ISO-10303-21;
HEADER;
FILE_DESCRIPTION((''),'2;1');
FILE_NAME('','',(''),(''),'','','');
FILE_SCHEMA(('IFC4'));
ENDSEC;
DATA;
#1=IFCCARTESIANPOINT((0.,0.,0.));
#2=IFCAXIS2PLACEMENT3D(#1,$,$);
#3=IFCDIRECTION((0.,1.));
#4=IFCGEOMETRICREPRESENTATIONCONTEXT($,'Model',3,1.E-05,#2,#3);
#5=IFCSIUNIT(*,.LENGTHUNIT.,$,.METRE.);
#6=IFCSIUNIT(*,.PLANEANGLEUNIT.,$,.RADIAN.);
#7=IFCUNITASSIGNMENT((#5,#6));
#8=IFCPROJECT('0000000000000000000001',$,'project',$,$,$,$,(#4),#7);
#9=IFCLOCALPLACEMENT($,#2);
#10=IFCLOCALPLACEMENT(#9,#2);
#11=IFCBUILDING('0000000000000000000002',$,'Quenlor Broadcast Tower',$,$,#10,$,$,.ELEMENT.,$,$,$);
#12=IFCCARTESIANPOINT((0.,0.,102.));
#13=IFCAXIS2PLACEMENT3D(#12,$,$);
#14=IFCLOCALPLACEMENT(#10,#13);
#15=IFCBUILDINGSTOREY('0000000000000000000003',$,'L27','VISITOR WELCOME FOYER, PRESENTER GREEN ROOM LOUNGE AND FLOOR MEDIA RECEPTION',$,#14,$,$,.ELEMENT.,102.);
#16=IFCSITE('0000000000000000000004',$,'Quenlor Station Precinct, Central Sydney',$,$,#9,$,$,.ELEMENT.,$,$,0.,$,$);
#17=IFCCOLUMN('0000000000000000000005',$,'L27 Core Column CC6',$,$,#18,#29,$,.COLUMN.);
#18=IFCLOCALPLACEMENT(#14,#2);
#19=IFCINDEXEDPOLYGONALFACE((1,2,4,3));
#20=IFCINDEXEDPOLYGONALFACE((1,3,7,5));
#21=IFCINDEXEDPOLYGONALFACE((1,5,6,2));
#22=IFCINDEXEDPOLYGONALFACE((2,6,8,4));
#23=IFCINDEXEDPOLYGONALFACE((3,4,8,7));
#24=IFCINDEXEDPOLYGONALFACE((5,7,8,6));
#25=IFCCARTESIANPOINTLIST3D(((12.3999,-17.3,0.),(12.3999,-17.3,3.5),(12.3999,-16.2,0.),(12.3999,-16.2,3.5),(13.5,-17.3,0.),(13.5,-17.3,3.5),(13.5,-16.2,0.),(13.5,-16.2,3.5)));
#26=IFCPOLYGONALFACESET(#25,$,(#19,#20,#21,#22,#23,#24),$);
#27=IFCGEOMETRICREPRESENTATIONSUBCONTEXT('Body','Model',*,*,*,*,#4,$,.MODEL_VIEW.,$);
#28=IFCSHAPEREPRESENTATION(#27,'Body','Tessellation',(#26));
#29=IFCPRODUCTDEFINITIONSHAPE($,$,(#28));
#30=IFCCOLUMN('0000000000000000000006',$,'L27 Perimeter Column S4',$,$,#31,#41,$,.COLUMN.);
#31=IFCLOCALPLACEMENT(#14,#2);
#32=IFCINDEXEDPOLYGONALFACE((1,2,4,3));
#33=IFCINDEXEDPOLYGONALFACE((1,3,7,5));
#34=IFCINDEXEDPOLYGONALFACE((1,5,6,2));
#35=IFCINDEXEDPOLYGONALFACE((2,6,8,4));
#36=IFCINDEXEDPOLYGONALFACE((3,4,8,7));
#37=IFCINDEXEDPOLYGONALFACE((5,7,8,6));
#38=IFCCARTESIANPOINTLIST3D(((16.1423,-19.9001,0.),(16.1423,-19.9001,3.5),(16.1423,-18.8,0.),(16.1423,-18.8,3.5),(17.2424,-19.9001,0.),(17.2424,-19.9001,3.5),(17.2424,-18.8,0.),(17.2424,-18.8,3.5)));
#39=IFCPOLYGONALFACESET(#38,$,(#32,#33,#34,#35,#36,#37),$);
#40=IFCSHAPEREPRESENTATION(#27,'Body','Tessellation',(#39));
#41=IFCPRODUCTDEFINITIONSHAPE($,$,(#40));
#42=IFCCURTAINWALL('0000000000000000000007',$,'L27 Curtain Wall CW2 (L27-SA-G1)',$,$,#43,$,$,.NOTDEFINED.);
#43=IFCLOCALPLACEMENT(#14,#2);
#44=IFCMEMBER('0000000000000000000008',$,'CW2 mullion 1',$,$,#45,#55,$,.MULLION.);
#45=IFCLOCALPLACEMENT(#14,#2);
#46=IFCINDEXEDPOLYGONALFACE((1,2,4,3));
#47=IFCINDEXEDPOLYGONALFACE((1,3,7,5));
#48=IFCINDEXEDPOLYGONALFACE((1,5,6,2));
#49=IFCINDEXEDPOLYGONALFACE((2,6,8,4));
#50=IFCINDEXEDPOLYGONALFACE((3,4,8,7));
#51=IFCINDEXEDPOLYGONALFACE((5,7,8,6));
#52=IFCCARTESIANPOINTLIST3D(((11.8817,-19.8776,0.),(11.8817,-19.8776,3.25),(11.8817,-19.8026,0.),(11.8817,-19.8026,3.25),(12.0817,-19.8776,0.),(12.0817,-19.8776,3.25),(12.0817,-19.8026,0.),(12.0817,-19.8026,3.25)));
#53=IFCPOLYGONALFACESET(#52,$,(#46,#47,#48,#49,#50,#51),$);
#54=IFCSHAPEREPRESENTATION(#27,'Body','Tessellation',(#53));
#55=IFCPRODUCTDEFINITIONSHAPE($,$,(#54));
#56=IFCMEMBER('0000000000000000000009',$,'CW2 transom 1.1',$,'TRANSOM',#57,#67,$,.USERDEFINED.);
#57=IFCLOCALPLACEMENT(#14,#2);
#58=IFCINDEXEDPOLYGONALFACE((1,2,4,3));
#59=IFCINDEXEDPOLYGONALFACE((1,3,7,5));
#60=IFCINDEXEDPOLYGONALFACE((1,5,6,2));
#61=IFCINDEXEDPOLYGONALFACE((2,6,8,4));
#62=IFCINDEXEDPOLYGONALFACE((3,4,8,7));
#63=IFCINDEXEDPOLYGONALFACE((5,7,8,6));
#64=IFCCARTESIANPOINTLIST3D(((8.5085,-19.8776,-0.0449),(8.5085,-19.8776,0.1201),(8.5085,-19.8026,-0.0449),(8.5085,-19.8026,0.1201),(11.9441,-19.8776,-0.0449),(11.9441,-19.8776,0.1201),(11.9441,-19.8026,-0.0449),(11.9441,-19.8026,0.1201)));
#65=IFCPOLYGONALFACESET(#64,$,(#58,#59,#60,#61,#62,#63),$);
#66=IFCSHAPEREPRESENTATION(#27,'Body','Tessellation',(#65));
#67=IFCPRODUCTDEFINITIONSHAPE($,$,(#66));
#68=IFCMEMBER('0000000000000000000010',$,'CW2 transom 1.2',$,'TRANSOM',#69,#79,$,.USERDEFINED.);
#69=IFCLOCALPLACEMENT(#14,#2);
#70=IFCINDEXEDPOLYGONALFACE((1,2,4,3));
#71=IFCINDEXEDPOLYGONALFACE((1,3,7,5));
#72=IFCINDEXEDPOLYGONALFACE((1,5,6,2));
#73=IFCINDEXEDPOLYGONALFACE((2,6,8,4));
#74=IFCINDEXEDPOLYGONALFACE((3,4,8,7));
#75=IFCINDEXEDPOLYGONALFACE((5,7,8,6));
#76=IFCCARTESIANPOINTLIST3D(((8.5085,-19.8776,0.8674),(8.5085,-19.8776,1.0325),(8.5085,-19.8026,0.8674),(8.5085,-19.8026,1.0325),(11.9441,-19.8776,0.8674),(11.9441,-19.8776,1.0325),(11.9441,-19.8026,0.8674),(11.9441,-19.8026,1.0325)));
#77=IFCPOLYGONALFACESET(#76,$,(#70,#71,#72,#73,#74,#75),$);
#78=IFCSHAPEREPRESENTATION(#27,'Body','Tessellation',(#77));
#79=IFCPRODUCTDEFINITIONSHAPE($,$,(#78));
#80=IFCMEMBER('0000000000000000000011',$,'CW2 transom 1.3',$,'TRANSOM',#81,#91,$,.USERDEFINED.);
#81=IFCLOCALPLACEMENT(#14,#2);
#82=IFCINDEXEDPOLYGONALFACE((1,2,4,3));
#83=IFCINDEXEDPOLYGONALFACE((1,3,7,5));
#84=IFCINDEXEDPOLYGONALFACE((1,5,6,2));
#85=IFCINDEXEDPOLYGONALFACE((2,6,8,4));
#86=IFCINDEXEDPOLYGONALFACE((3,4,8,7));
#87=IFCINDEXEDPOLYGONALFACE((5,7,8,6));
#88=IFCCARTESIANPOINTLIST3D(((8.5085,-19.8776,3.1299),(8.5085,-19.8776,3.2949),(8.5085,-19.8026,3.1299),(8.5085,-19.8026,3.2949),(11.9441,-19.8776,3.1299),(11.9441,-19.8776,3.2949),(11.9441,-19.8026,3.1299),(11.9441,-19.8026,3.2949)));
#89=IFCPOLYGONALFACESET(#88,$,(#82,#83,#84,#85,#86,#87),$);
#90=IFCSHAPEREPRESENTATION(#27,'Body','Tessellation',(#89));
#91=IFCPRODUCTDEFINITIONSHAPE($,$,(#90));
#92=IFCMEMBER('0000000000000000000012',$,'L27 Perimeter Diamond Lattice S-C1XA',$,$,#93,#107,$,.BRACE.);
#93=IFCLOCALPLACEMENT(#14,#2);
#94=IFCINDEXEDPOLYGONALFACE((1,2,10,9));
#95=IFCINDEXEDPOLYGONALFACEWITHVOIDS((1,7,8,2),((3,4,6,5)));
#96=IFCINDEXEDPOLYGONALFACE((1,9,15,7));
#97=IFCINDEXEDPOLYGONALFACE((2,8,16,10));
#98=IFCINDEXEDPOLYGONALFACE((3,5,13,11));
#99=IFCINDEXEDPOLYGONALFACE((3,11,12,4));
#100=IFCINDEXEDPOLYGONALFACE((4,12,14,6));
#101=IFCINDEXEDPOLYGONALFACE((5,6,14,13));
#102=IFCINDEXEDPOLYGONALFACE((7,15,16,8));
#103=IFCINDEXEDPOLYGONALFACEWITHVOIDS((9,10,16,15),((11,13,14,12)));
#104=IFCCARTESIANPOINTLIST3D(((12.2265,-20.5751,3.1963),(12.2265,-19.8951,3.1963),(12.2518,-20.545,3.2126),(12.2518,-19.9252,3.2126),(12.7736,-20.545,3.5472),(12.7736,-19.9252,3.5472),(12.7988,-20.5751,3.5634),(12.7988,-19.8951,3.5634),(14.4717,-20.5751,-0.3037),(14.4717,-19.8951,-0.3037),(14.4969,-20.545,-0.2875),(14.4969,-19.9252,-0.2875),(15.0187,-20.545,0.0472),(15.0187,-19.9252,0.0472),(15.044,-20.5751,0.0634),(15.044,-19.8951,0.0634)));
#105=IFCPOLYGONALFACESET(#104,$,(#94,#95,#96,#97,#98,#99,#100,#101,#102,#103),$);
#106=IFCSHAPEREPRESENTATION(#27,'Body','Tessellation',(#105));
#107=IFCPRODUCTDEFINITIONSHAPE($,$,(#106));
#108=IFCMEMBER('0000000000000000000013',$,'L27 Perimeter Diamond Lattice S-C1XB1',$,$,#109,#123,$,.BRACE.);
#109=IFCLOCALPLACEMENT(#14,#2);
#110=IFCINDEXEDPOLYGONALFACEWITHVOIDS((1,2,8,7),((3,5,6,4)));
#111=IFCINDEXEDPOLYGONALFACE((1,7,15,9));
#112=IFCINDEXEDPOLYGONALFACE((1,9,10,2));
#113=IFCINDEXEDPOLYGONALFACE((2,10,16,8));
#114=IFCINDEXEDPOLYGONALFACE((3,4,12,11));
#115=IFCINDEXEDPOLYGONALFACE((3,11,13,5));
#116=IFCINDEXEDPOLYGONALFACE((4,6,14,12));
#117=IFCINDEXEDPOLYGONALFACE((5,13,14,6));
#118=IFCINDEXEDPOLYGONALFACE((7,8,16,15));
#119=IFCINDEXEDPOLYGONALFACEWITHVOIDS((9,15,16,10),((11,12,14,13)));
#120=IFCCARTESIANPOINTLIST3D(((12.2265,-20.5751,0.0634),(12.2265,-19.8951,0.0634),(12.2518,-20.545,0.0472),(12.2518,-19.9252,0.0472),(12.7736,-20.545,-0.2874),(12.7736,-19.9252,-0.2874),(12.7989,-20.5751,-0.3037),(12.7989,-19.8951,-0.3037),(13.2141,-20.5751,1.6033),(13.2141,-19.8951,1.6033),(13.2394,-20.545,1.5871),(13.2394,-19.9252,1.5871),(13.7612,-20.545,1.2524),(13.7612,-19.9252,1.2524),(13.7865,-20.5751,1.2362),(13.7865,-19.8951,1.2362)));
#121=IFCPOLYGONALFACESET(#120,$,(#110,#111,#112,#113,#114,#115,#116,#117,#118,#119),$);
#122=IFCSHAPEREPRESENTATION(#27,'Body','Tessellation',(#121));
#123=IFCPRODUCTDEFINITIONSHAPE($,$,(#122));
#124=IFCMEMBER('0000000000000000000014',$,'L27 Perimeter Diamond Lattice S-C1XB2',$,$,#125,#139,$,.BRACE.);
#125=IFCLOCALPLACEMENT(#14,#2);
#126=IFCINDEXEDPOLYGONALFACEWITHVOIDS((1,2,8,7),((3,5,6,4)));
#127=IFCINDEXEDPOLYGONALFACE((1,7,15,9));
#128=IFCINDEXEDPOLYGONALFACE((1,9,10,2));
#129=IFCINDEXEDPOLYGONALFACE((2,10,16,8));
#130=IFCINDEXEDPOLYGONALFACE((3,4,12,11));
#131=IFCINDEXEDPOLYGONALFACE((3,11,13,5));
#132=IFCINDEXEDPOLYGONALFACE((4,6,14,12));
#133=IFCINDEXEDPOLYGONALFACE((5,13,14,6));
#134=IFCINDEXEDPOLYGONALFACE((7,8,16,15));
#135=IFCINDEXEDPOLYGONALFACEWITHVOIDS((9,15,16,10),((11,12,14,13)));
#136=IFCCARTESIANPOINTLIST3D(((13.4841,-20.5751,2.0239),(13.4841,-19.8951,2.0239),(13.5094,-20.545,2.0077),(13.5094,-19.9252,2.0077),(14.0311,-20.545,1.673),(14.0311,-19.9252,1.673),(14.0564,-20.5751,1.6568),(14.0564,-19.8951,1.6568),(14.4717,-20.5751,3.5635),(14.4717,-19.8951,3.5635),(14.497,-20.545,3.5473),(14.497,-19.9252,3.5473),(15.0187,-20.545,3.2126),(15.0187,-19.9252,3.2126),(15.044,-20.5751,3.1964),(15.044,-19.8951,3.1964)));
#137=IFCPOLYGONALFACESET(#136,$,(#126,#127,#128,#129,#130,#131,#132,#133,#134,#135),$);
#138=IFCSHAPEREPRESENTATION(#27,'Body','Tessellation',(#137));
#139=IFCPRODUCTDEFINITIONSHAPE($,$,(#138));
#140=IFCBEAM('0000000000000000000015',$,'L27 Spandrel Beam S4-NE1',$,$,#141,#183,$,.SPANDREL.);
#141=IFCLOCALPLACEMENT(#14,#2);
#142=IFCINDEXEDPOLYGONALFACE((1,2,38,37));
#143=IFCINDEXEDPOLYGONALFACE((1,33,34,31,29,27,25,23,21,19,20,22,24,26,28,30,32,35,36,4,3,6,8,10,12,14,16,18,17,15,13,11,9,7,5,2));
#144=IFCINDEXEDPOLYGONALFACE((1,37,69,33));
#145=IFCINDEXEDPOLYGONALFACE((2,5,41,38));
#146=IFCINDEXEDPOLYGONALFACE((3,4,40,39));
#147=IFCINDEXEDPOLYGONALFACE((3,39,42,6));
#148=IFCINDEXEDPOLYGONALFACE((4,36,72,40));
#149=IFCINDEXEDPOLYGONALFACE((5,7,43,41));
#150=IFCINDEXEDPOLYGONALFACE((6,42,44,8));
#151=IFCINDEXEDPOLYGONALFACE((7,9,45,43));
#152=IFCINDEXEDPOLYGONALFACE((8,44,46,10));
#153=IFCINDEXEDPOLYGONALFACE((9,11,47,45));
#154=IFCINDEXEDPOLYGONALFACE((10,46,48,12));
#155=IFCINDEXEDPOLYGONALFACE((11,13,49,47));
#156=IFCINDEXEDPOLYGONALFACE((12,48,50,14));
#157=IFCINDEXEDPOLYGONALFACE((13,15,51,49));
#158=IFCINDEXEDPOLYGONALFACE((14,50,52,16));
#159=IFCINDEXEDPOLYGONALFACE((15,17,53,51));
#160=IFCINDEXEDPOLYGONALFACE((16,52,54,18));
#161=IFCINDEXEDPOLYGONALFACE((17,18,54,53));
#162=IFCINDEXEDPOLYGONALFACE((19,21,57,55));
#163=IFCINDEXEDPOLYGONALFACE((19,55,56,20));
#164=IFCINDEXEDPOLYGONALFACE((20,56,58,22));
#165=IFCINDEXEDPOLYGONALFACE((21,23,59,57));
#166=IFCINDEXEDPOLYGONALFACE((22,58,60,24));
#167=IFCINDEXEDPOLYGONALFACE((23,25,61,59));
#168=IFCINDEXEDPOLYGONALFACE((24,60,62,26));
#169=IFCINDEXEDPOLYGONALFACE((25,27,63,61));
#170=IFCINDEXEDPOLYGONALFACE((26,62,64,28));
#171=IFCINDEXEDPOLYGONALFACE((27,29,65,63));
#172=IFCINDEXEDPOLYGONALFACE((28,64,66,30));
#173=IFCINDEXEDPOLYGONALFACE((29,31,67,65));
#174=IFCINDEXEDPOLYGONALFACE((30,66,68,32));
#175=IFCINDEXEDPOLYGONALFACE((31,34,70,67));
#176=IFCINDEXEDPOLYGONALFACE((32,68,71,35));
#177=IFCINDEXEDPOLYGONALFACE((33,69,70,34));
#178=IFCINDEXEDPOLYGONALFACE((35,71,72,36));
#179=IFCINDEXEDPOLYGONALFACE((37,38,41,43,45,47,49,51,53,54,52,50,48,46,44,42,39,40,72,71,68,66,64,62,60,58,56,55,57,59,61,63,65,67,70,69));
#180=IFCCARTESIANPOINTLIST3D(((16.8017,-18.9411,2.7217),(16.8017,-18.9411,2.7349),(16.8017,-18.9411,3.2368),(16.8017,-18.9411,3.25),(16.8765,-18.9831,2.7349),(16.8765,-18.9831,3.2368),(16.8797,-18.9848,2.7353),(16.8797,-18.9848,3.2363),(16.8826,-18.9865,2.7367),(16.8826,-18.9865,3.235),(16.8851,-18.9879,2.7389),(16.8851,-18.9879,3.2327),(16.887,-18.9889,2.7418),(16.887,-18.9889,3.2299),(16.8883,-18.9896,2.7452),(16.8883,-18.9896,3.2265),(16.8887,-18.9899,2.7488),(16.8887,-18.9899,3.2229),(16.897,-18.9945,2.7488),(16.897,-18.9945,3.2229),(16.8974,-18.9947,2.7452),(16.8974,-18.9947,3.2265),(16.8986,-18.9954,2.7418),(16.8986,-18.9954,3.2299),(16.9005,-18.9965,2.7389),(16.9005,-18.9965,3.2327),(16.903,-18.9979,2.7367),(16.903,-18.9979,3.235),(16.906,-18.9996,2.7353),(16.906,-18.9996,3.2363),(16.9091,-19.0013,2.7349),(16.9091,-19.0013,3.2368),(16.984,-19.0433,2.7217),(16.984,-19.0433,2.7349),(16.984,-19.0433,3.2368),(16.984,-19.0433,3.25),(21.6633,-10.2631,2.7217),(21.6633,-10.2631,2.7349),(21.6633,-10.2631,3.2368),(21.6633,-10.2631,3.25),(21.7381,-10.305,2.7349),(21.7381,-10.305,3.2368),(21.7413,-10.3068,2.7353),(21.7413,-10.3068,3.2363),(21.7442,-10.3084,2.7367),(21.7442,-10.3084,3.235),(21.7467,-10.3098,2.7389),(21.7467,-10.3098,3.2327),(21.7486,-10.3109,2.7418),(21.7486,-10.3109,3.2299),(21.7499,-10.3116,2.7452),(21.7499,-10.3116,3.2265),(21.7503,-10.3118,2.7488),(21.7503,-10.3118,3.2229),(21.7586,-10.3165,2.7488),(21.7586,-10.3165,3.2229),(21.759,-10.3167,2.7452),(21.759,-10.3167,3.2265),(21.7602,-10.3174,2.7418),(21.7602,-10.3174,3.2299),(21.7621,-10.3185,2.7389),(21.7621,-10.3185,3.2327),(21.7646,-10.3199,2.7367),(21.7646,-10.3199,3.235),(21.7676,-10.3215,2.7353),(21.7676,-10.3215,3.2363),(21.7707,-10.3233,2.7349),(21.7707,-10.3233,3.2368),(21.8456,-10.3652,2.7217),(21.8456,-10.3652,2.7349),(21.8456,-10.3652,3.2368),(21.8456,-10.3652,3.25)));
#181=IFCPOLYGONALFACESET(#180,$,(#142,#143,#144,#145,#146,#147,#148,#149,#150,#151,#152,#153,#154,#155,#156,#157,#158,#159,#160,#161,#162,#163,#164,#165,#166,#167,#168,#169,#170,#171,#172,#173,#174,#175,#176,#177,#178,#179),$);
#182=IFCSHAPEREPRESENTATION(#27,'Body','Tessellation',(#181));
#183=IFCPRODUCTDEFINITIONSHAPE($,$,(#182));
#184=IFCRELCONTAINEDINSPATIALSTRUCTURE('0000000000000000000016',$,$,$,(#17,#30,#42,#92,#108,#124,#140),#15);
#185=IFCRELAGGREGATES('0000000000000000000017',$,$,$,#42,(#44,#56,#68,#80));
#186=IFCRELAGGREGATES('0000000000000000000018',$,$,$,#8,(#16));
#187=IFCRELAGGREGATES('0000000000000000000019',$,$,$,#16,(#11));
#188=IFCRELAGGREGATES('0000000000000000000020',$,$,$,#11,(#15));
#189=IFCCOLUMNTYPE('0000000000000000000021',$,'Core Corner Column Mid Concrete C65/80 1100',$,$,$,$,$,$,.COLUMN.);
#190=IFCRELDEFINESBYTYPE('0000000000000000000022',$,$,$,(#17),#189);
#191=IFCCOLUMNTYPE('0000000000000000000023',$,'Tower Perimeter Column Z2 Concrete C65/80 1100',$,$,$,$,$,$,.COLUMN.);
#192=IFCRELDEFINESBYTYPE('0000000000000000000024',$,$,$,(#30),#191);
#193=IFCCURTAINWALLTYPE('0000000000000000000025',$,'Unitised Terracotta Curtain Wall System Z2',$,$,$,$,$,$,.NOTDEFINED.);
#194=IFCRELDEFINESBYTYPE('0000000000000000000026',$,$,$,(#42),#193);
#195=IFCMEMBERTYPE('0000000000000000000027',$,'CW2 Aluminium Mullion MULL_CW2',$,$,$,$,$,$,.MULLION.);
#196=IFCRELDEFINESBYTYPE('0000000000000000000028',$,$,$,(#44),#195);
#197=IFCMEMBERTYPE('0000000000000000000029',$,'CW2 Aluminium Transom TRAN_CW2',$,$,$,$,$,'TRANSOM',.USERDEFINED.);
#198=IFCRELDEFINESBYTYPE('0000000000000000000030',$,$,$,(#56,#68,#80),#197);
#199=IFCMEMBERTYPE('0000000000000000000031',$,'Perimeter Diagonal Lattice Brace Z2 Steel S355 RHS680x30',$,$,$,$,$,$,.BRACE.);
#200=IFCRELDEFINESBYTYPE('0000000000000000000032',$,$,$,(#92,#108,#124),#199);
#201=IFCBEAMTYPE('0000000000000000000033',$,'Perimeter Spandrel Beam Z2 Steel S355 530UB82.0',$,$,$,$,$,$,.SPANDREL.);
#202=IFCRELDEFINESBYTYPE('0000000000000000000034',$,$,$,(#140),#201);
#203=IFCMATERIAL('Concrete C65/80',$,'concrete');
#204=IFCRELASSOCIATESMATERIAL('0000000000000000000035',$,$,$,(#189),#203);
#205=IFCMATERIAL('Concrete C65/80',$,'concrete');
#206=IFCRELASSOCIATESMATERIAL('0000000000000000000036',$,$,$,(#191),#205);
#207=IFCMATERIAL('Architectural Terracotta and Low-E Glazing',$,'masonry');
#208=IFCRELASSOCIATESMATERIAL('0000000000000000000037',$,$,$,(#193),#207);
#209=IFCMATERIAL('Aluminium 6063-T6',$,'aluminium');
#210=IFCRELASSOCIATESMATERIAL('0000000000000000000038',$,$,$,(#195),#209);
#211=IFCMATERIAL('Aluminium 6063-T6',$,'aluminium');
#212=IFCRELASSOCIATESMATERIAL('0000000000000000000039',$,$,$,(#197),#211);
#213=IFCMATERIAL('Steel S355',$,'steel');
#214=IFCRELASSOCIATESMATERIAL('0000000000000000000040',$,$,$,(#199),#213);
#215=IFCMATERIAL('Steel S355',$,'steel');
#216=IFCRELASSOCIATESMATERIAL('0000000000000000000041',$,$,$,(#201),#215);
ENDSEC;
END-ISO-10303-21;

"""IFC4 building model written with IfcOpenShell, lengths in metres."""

from ifc_helpers import new_model, si_unit, direction, frame, origin, origin_2d, place, context, subcontext, project, spatial, rectangle, hollow_rectangle, i_section, extrude, material, material_profile, profile_set, type_object, element, aggregate, save


model = new_model("IFC4")

# Units and contexts
model_context = context("Model", 3, precision=1e-05, world=origin(), true_north=direction((0.0, 1.0)))
body_context = subcontext(model_context, "Body", "Model", "MODEL_VIEW")
ifc_project = project(units=[si_unit("LENGTHUNIT", "METRE"), si_unit("PLANEANGLEUNIT", "RADIAN")], contexts=[model_context])

# Site, building, storey
site_placement = place(None, origin())
site = spatial("IfcSite", under=ifc_project, at=site_placement, Name="Quenlor Station Precinct, Central Sydney", CompositionType="ELEMENT", RefElevation=0.0)
building_placement = place(site_placement, origin())
building = spatial("IfcBuilding", under=site, at=building_placement, Name="Quenlor Broadcast Tower", CompositionType="ELEMENT")
storey_placement = place(building_placement, frame((0.0, 0.0, 102.0)))
storey = spatial("IfcBuildingStorey", under=building, at=storey_placement, Name="L27", Description="VISITOR WELCOME FOYER, PRESENTER GREEN ROOM LOUNGE AND FLOOR MEDIA RECEPTION", CompositionType="ELEMENT", Elevation=102.0)

# Columns
ifc_material_1 = material(Name="Concrete C65/80", Category="concrete")
ifc_material_profile_1 = material_profile(ifc_material_1, rectangle(XDim=1.1001, YDim=1.1001, at=origin_2d()))
ifc_profile_set_1 = profile_set([ifc_material_profile_1], Name="Concrete C65/80 RC1100x1100")
column_type_1 = type_object("IfcColumnType", Name="Core Corner Column Mid Concrete C65/80 1100", PredefinedType="COLUMN", material=ifc_profile_set_1)
column_1_placement = place(storey_placement, frame((12.95, -16.75, 0.0), z_axis=(0.0, 0.0, 1.0), x_axis=(1.0, 0.0, 0.0)))
element("IfcColumn", 1, at=column_1_placement, inside=storey, type_object=column_type_1, Name="L27 Core Column CC6", PredefinedType="COLUMN", context=body_context, shape_type="SweptSolid", body=[
    extrude(rectangle(XDim=1.1001, YDim=1.1001, at=origin_2d()), origin(), (0.0, 0.0, 1.0), 3.5),
])
ifc_material_2 = material(Name="Concrete C65/80", Category="concrete")
ifc_material_profile_2 = material_profile(ifc_material_2, rectangle(XDim=1.1001, YDim=1.1001, at=origin_2d()))
ifc_profile_set_2 = profile_set([ifc_material_profile_2], Name="Concrete C65/80 RC1100x1100")
column_type_2 = type_object("IfcColumnType", Name="Tower Perimeter Column Z2 Concrete C65/80 1100", PredefinedType="COLUMN", material=ifc_profile_set_2)
column_2_placement = place(storey_placement, frame((16.6924, -19.3501, 0.0), z_axis=(0.0, 0.0, 1.0), x_axis=(0.0, 1.0, 0.0)))
element("IfcColumn", 2, at=column_2_placement, inside=storey, type_object=column_type_2, Name="L27 Perimeter Column S4", PredefinedType="COLUMN", context=body_context, shape_type="SweptSolid", body=[
    extrude(rectangle(XDim=1.1001, YDim=1.1001, at=origin_2d()), origin(), (0.0, 0.0, 1.0), 3.5),
])

# Curtain wall, members
ifc_material_3 = material(Name="Architectural Terracotta and Low-E Glazing", Category="masonry")
curtain_wall_type = type_object("IfcCurtainWallType", Name="Unitised Terracotta Curtain Wall System Z2", PredefinedType="NOTDEFINED", material=ifc_material_3)
curtain_wall_placement = place(storey_placement, origin())
curtain_wall = element("IfcCurtainWall", 3, at=curtain_wall_placement, inside=storey, type_object=curtain_wall_type, Name="L27 Curtain Wall CW2 (L27-SA-G1)", PredefinedType="NOTDEFINED")
ifc_material_4 = material(Name="Aluminium 6063-T6", Category="aluminium")
ifc_material_profile_3 = material_profile(ifc_material_4, rectangle(XDim=0.075, YDim=0.2, at=origin_2d()))
ifc_profile_set_3 = profile_set([ifc_material_profile_3], Name="Aluminium 6063-T6 MULL75x200")
member_type_1 = type_object("IfcMemberType", Name="CW2 Aluminium Mullion MULL_CW2", PredefinedType="MULLION", material=ifc_profile_set_3)
member_1_placement = place(storey_placement, frame((11.9817, -19.8401, 0.0), z_axis=(0.0, 0.0, 1.0), x_axis=(0.0, -1.0, 0.0)))
member_1 = element("IfcMember", 4, at=member_1_placement, type_object=member_type_1, Name="CW2 mullion 1", PredefinedType="MULLION", context=body_context, shape_type="SweptSolid", body=[
    extrude(rectangle(XDim=0.075, YDim=0.2, at=origin_2d()), origin(), (0.0, 0.0, 1.0), 3.25),
])
ifc_material_5 = material(Name="Aluminium 6063-T6", Category="aluminium")
ifc_material_profile_4 = material_profile(ifc_material_5, rectangle(XDim=0.075, YDim=0.165, at=origin_2d()))
ifc_profile_set_4 = profile_set([ifc_material_profile_4], Name="Aluminium 6063-T6 TRAN75x165")
member_type_2 = type_object("IfcMemberType", Name="CW2 Aluminium Transom TRAN_CW2", ElementType="TRANSOM", PredefinedType="USERDEFINED", material=ifc_profile_set_4)
member_2_placement = place(storey_placement, frame((11.9441, -19.8401, 0.0376), z_axis=(-1.0, 0.0, 0.0), x_axis=(0.0, -1.0, 0.0)))
member_2 = element("IfcMember", 5, at=member_2_placement, type_object=member_type_2, Name="CW2 transom 1.1", ObjectType="TRANSOM", PredefinedType="USERDEFINED", context=body_context, shape_type="SweptSolid", body=[
    extrude(rectangle(XDim=0.075, YDim=0.165, at=origin_2d()), origin(), (0.0, 0.0, 1.0), 3.4355),
])
member_3_placement = place(storey_placement, frame((11.9441, -19.8401, 0.95), z_axis=(-1.0, 0.0, 0.0), x_axis=(0.0, -1.0, 0.0)))
member_3 = element("IfcMember", 6, at=member_3_placement, type_object=member_type_2, Name="CW2 transom 1.2", ObjectType="TRANSOM", PredefinedType="USERDEFINED", context=body_context, shape_type="SweptSolid", body=[
    extrude(rectangle(XDim=0.075, YDim=0.165, at=origin_2d()), origin(), (0.0, 0.0, 1.0), 3.4355),
])
member_4_placement = place(storey_placement, frame((11.9441, -19.8401, 3.2124), z_axis=(-1.0, 0.0, 0.0), x_axis=(0.0, -1.0, 0.0)))
member_4 = element("IfcMember", 7, at=member_4_placement, type_object=member_type_2, Name="CW2 transom 1.3", ObjectType="TRANSOM", PredefinedType="USERDEFINED", context=body_context, shape_type="SweptSolid", body=[
    extrude(rectangle(XDim=0.075, YDim=0.165, at=origin_2d()), origin(), (0.0, 0.0, 1.0), 3.4355),
])
aggregate(curtain_wall, [member_1, member_2, member_3, member_4])

# Members
ifc_material_6 = material(Name="Steel S355", Category="steel")
ifc_material_profile_5 = material_profile(ifc_material_6, hollow_rectangle(XDim=0.6799, YDim=0.6799, WallThickness=0.03, at=origin_2d()))
ifc_profile_set_5 = profile_set([ifc_material_profile_5], Name="Steel S355 RHS680x680x30")
member_type_3 = type_object("IfcMemberType", Name="Perimeter Diagonal Lattice Brace Z2 Steel S355 RHS680x30", PredefinedType="BRACE", material=ifc_profile_set_5)
member_5_placement = place(storey_placement, frame((14.7578, -20.2351, -0.1201), z_axis=(-0.539926, 0.0, 0.841712), x_axis=(0.0, -1.0, 0.0)))
element("IfcMember", 8, at=member_5_placement, inside=storey, type_object=member_type_3, Name="L27 Perimeter Diamond Lattice S-C1XA", PredefinedType="BRACE", context=body_context, shape_type="SweptSolid", body=[
    extrude(hollow_rectangle(XDim=0.6799, YDim=0.6799, WallThickness=0.03, at=origin_2d()), origin(), (0.0, 0.0, 1.0), 4.1582),
])
member_6_placement = place(storey_placement, frame((12.5127, -20.2351, -0.1201), z_axis=(0.53986, 0.0, 0.841755), x_axis=(0.0, 1.0, 0.0)))
element("IfcMember", 9, at=member_6_placement, inside=storey, type_object=member_type_3, Name="L27 Perimeter Diamond Lattice S-C1XB1", PredefinedType="BRACE", context=body_context, shape_type="SweptSolid", body=[
    extrude(hollow_rectangle(XDim=0.6799, YDim=0.6799, WallThickness=0.03, at=origin_2d()), origin(), (0.0, 0.0, 1.0), 1.8293),
])
member_7_placement = place(storey_placement, frame((13.7703, -20.2351, 1.8403), z_axis=(0.539921, 0.0, 0.841716), x_axis=(0.0, 1.0, 0.0)))
element("IfcMember", 10, at=member_7_placement, inside=storey, type_object=member_type_3, Name="L27 Perimeter Diamond Lattice S-C1XB2", PredefinedType="BRACE", context=body_context, shape_type="SweptSolid", body=[
    extrude(hollow_rectangle(XDim=0.6799, YDim=0.6799, WallThickness=0.03, at=origin_2d()), origin(), (0.0, 0.0, 1.0), 1.8291),
])

# Beam
ifc_material_7 = material(Name="Steel S355", Category="steel")
ifc_material_profile_6 = material_profile(ifc_material_7, i_section(OverallWidth=0.209, OverallDepth=0.5283, WebThickness=0.0095, FlangeThickness=0.0132, FilletRadius=0.0139, at=origin_2d()))
ifc_profile_set_6 = profile_set([ifc_material_profile_6], Name="Steel S355 530UB82.0")
beam_type_1 = type_object("IfcBeamType", Name="Perimeter Spandrel Beam Z2 Steel S355 530UB82.0", PredefinedType="SPANDREL", material=ifc_profile_set_6)
beam_1_placement = place(storey_placement, frame((16.8928, -18.9922, 2.9858), z_axis=(0.488749, 0.872424, 0.0), x_axis=(-0.872424, 0.488749, 0.0)))
element("IfcBeam", 11, at=beam_1_placement, inside=storey, type_object=beam_type_1, Name="L27 Spandrel Beam S4-NE1", PredefinedType="SPANDREL", context=body_context, shape_type="SweptSolid", body=[
    extrude(i_section(OverallWidth=0.209, OverallDepth=0.5283, WebThickness=0.0095, FlangeThickness=0.0132, FilletRadius=0.0139, at=origin_2d()), origin(), (0.0, 0.0, 1.0), 9.947),
])

save(model, "model.ifc")
